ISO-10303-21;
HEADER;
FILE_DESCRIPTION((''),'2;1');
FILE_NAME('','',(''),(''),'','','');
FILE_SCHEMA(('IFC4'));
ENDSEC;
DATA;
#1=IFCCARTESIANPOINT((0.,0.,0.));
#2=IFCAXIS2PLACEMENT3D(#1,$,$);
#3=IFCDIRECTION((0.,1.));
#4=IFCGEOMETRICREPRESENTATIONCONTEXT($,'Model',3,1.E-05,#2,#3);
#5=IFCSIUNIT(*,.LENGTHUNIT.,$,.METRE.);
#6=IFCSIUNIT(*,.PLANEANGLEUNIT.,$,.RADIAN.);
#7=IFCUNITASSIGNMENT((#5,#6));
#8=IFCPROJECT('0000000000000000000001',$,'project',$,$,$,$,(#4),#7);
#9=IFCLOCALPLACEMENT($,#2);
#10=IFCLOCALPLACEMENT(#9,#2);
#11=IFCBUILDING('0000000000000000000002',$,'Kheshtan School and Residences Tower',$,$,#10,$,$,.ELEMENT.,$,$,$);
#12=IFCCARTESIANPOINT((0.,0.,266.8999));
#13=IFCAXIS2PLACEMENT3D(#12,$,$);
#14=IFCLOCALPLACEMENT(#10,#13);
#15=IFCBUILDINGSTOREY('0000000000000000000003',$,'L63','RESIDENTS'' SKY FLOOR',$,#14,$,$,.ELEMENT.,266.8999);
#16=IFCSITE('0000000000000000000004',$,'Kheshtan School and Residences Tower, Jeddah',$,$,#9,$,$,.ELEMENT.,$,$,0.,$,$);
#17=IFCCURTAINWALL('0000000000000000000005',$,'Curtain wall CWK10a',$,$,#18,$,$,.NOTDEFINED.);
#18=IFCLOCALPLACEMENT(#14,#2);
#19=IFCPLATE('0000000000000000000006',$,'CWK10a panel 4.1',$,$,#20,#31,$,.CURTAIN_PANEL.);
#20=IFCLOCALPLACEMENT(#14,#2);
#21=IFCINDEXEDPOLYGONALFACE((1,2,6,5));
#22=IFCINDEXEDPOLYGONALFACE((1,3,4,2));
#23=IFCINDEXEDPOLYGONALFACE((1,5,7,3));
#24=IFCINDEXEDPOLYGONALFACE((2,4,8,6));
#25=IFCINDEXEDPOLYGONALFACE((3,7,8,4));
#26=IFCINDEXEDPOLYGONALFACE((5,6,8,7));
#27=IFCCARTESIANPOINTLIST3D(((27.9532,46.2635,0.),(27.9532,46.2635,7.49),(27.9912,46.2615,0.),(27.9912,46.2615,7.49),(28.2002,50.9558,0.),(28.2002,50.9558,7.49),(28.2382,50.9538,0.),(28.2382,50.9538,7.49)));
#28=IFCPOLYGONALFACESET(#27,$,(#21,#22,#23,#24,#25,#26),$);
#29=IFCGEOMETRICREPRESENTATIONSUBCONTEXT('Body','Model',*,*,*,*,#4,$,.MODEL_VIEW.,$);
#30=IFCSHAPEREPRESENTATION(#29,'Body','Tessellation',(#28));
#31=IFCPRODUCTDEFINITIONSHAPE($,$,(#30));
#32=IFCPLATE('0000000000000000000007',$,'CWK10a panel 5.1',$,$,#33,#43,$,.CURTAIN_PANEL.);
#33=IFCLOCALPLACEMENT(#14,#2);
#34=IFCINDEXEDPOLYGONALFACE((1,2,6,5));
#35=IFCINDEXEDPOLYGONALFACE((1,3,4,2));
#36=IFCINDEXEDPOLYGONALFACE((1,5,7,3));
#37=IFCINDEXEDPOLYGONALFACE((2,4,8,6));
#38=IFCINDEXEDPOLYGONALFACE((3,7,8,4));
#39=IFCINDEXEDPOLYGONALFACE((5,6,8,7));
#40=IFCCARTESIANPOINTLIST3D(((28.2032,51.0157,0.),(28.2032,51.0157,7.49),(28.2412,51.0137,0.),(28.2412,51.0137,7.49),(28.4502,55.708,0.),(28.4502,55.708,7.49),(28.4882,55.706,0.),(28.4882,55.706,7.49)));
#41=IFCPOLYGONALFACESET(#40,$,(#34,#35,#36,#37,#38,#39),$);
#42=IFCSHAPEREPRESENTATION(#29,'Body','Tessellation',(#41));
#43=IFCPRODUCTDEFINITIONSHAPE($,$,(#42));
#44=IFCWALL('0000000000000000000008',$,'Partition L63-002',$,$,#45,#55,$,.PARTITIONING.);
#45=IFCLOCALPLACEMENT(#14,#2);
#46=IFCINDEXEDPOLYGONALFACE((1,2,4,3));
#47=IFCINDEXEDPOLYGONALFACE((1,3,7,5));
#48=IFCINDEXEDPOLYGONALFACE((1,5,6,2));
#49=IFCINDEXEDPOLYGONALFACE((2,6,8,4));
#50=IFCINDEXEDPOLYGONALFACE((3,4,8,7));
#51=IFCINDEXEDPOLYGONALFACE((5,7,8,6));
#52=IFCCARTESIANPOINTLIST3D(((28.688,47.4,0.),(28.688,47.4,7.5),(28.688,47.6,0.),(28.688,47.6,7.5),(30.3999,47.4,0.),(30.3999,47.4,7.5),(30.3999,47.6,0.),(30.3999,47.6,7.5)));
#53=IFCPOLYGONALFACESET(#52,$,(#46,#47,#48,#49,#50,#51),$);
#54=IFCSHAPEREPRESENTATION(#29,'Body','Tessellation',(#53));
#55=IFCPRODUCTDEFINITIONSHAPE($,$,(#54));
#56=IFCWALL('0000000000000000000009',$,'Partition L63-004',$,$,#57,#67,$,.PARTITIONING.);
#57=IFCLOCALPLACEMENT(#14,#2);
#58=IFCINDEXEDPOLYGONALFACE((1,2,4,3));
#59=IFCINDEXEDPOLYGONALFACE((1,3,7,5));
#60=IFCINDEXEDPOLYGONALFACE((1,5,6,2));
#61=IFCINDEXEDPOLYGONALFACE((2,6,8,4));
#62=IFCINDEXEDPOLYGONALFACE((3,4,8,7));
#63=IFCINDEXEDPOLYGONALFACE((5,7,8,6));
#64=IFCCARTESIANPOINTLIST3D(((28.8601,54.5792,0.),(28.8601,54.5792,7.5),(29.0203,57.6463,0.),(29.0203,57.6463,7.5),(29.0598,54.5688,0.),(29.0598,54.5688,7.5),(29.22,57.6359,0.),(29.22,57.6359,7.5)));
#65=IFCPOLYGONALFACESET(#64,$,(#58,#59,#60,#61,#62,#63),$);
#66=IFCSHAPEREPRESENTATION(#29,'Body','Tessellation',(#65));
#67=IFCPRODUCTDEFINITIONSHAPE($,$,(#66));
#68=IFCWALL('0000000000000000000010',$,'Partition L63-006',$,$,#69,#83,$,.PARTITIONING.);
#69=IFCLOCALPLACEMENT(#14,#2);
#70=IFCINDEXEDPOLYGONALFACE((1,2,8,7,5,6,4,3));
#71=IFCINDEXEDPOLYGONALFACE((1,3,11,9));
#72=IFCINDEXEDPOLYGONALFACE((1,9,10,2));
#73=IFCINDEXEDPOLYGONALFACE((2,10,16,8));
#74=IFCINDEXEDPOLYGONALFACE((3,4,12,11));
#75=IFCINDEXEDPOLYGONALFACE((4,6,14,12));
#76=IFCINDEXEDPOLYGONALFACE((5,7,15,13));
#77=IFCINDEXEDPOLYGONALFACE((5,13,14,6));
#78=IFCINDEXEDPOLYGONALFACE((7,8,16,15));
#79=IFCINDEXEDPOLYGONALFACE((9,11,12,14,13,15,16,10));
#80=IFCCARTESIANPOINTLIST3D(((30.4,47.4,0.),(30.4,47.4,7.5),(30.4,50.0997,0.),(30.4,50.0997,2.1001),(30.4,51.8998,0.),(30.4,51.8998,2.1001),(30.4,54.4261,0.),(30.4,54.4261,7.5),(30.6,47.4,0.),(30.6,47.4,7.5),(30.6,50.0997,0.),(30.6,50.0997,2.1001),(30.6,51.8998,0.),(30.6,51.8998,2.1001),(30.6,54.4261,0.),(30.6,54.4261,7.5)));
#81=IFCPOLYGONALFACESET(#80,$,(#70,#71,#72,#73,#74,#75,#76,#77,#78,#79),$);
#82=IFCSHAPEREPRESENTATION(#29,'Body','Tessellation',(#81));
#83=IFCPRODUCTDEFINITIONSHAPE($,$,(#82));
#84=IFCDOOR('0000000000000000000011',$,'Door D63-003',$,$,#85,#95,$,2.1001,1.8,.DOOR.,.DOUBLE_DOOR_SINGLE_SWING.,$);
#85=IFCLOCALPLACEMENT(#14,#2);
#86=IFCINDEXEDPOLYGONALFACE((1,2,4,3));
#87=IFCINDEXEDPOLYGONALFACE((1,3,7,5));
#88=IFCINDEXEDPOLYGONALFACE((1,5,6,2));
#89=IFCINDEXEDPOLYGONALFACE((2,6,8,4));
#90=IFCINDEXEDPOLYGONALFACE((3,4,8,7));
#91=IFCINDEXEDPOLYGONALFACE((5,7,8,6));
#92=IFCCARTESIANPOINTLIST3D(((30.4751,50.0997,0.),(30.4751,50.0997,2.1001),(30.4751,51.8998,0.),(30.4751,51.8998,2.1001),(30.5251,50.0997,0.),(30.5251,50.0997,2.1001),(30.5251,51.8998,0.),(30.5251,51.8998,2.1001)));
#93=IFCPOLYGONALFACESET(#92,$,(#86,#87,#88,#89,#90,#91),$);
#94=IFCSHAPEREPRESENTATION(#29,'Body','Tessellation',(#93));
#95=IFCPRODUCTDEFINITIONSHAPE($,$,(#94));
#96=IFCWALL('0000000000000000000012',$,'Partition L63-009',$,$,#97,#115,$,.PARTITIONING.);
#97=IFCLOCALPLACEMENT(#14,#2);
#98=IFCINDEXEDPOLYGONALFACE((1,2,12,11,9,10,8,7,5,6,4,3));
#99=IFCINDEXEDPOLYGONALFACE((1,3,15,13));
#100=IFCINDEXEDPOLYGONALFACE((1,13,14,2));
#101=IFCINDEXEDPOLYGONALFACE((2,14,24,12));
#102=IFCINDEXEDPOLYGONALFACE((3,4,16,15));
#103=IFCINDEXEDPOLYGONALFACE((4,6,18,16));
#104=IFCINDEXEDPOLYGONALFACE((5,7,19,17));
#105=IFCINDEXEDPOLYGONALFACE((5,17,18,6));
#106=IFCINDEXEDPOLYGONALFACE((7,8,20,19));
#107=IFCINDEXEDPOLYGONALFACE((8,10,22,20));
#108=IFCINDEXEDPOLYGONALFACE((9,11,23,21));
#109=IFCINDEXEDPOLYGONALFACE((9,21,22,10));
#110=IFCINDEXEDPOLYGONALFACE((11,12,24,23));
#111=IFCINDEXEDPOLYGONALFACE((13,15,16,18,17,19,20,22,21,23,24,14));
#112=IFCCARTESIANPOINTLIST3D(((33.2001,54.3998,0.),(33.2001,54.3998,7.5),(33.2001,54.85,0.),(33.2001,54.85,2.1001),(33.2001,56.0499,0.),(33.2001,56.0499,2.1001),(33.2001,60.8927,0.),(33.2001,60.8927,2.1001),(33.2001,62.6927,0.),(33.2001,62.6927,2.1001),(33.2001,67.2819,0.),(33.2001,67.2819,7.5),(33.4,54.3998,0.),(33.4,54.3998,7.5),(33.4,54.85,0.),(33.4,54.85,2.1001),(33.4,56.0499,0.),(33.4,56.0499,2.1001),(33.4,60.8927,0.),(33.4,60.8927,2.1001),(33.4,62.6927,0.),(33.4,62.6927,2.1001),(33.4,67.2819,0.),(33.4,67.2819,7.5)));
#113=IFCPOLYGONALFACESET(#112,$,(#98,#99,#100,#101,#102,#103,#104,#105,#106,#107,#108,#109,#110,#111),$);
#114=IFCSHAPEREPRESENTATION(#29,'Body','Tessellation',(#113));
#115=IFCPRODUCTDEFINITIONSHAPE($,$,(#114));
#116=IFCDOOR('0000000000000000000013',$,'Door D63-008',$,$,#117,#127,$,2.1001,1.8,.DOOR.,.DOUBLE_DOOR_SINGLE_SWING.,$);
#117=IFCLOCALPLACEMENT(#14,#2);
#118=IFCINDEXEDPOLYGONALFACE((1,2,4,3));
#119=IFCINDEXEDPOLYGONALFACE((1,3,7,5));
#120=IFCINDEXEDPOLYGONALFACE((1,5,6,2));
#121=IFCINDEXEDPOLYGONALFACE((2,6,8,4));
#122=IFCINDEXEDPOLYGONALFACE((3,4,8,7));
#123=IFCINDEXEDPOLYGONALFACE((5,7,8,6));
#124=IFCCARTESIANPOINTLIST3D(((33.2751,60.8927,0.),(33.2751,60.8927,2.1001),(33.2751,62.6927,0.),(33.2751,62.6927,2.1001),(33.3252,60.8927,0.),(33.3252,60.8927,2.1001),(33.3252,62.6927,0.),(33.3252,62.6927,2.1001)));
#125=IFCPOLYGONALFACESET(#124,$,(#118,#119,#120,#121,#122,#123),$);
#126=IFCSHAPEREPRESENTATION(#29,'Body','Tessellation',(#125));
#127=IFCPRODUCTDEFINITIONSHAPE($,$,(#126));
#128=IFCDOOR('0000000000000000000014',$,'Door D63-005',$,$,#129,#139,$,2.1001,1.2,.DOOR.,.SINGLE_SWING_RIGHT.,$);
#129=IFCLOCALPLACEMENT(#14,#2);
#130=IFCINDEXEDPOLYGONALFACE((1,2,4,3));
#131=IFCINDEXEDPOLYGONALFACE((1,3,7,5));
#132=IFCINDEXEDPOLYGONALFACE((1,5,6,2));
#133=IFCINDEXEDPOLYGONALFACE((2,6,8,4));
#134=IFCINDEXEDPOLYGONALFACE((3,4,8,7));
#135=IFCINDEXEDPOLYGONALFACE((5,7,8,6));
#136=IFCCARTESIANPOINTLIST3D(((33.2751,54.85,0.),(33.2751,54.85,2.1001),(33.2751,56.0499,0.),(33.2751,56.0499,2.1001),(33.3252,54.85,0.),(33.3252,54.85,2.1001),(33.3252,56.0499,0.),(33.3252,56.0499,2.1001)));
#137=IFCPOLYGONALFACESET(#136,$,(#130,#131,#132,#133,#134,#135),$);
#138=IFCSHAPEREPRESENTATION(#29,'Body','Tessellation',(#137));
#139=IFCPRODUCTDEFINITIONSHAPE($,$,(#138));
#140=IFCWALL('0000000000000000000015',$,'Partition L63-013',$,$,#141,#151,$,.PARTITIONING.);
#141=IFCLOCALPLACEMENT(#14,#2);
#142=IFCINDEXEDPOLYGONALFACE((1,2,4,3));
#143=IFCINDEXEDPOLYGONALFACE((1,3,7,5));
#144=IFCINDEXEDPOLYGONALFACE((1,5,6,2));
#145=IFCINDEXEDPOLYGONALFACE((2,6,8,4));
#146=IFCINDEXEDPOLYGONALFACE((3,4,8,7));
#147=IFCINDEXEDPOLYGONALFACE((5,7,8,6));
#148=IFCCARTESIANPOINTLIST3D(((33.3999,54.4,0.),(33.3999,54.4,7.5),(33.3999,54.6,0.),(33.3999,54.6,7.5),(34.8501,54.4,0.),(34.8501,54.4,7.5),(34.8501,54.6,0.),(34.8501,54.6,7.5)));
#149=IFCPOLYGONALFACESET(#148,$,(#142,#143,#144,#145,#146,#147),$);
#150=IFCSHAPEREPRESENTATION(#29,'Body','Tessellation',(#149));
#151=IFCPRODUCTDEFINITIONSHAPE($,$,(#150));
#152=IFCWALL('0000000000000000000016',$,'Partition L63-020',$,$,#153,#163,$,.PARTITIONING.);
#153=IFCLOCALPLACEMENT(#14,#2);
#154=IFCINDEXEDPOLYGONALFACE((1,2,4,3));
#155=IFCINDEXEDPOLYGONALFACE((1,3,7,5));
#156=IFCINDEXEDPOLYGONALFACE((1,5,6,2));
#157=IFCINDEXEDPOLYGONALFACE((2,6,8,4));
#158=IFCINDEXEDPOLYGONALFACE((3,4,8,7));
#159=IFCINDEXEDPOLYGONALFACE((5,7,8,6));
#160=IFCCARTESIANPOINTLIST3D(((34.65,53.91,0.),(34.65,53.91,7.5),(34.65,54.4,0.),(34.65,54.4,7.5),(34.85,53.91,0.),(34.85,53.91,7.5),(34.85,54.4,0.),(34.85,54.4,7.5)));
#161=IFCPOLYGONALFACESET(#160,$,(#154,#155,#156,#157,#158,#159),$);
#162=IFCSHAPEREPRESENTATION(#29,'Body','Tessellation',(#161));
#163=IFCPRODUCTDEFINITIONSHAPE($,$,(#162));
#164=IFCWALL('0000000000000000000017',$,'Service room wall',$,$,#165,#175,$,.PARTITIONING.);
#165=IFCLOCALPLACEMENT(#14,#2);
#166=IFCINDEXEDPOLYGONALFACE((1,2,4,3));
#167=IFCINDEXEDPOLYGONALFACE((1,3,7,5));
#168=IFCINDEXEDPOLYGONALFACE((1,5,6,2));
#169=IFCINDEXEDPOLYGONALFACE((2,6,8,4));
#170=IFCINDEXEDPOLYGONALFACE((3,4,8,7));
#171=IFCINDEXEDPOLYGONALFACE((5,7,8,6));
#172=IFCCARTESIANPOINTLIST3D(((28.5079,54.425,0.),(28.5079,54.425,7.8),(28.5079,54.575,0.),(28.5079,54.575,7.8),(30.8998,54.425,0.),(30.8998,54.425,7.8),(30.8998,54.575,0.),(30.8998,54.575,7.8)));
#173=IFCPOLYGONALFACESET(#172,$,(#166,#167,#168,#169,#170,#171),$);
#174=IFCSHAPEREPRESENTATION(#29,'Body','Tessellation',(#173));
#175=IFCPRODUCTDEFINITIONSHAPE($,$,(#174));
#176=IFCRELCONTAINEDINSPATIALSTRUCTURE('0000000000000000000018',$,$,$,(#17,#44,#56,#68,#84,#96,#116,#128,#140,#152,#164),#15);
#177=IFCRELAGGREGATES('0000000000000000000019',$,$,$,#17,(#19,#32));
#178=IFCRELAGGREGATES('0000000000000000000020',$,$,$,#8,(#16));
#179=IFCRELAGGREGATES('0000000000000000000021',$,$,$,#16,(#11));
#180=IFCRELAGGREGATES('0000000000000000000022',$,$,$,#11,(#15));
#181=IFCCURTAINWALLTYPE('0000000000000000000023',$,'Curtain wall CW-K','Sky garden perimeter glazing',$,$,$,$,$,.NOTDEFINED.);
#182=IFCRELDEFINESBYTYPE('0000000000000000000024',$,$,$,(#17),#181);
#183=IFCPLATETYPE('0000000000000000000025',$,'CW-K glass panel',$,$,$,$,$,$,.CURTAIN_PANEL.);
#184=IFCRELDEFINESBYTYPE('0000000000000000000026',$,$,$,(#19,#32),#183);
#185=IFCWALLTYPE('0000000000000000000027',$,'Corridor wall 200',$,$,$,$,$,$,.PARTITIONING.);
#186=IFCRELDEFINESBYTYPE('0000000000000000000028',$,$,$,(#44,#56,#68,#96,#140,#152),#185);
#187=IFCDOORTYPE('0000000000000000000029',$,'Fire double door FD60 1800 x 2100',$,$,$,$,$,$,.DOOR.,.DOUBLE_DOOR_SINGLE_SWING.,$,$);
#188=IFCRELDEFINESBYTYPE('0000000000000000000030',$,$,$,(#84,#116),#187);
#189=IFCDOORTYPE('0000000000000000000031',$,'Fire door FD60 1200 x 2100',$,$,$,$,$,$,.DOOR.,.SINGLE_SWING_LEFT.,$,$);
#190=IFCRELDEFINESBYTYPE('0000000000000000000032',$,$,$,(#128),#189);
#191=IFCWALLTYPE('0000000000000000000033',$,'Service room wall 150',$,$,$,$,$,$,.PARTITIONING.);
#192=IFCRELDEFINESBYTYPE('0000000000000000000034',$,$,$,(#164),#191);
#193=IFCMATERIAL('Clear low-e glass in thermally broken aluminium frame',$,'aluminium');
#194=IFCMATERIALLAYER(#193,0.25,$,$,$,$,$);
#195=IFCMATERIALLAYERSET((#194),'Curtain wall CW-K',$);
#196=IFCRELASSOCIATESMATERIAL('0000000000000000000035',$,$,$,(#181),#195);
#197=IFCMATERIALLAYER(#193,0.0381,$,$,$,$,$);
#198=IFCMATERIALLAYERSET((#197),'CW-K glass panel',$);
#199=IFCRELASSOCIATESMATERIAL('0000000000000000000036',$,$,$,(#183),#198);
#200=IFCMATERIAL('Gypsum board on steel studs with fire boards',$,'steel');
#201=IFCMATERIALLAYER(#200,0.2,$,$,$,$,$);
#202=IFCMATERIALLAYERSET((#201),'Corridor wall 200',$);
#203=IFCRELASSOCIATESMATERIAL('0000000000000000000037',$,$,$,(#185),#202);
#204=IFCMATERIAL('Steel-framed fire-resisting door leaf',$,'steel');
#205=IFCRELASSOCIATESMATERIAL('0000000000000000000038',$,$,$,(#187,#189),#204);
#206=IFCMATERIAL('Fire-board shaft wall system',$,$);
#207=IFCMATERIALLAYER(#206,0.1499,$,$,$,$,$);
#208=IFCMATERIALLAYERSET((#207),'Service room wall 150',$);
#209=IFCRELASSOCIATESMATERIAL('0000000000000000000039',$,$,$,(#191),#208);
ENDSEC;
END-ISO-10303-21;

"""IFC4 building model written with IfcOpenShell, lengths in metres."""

from ifc_helpers import new_model, si_unit, direction, frame, frame_2d, origin, origin_2d, place, context, subcontext, project, spatial, rectangle, extrude, source, transform, mapped, material, layer, layer_set, type_object, element, fill, aggregate, save


model = new_model("IFC4")

# Units and contexts
model_context = context("Model", 3, precision=1e-05, world=origin(), true_north=direction((0.0, 1.0)))
body_context = subcontext(model_context, "Body", "Model", "MODEL_VIEW")
ifc_project = project(units=[si_unit("LENGTHUNIT", "METRE"), si_unit("PLANEANGLEUNIT", "RADIAN")], contexts=[model_context])

# Site, building, storey
site_placement = place(None, origin())
site = spatial("IfcSite", under=ifc_project, at=site_placement, Name="Kheshtan School and Residences Tower, Jeddah", CompositionType="ELEMENT", RefElevation=0.0)
building_placement = place(site_placement, origin())
building = spatial("IfcBuilding", under=site, at=building_placement, Name="Kheshtan School and Residences Tower", CompositionType="ELEMENT")
storey_placement = place(building_placement, frame((0.0, 0.0, 266.8999)))
storey = spatial("IfcBuildingStorey", under=building, at=storey_placement, Name="L63", Description="RESIDENTS' SKY FLOOR", CompositionType="ELEMENT", Elevation=266.8999)

# Curtain wall, plates
ifc_material_1 = material(Name="Clear low-e glass in thermally broken aluminium frame", Category="aluminium")
ifc_layer_1 = layer(ifc_material_1, 0.25)
ifc_layer_set_1 = layer_set([ifc_layer_1], Name="Curtain wall CW-K")
curtain_wall_type = type_object("IfcCurtainWallType", Name="Curtain wall CW-K", Description="Sky garden perimeter glazing", PredefinedType="NOTDEFINED", material=ifc_layer_set_1)
curtain_wall_placement = place(storey_placement, origin())
curtain_wall = element("IfcCurtainWall", 1, at=curtain_wall_placement, inside=storey, type_object=curtain_wall_type, Name="Curtain wall CWK10a", PredefinedType="NOTDEFINED")
ifc_layer_2 = layer(ifc_material_1, 0.0381)
ifc_layer_set_2 = layer_set([ifc_layer_2], Name="CW-K glass panel")
plate_type = type_object("IfcPlateType", Name="CW-K glass panel", PredefinedType="CURTAIN_PANEL", material=ifc_layer_set_2)
plate_1_placement = place(storey_placement, frame((28.0957, 48.6086, 0.0), z_axis=(0.0, 0.0, 1.0), x_axis=(0.052565, 0.998617, 0.0)))
plate_1 = element("IfcPlate", 2, at=plate_1_placement, type_object=plate_type, Name="CWK10a panel 4.1", PredefinedType="CURTAIN_PANEL", context=body_context, shape_type="SweptSolid", body=[
    extrude(rectangle(XDim=4.6987, YDim=0.0381, at=origin_2d()), origin(), (0.0, 0.0, 1.0), 7.49),
])
plate_2_placement = place(storey_placement, frame((28.3457, 53.3608, 0.0), z_axis=(0.0, 0.0, 1.0), x_axis=(0.052565, 0.998617, 0.0)))
plate_2 = element("IfcPlate", 3, at=plate_2_placement, type_object=plate_type, Name="CWK10a panel 5.1", PredefinedType="CURTAIN_PANEL", context=body_context, shape_type="SweptSolid", body=[
    extrude(rectangle(XDim=4.6987, YDim=0.0381, at=origin_2d()), origin(), (0.0, 0.0, 1.0), 7.49),
])
aggregate(curtain_wall, [plate_1, plate_2])

# Walls
ifc_material_2 = material(Name="Gypsum board on steel studs with fire boards", Category="steel")
ifc_layer_3 = layer(ifc_material_2, 0.2)
ifc_layer_set_3 = layer_set([ifc_layer_3], Name="Corridor wall 200")
wall_type_1 = type_object("IfcWallType", Name="Corridor wall 200", PredefinedType="PARTITIONING", material=ifc_layer_set_3)
wall_1_placement = place(storey_placement, frame((28.688, 47.5, 0.0), z_axis=(0.0, 0.0, 1.0), x_axis=(1.0, 0.0, 0.0)))
element("IfcWall", 4, at=wall_1_placement, inside=storey, type_object=wall_type_1, Name="Partition L63-002", PredefinedType="PARTITIONING", context=body_context, shape_type="SweptSolid", body=[
    extrude(rectangle(XDim=1.7119, YDim=0.2, at=frame_2d((0.856, 0.0))), origin(), (0.0, 0.0, 1.0), 7.5),
])
wall_2_placement = place(storey_placement, frame((28.96, 54.574, 0.0), z_axis=(0.0, 0.0, 1.0), x_axis=(0.052146, 0.998639, 0.0)))
element("IfcWall", 5, at=wall_2_placement, inside=storey, type_object=wall_type_1, Name="Partition L63-004", PredefinedType="PARTITIONING", context=body_context, shape_type="SweptSolid", body=[
    extrude(rectangle(XDim=3.0713, YDim=0.2, at=frame_2d((1.5356, 0.0))), origin(), (0.0, 0.0, 1.0), 7.5),
])

# Wall, opening, door
wall_3_placement = place(storey_placement, frame((30.5, 47.3999, 0.0), z_axis=(0.0, 0.0, 1.0), x_axis=(0.0, 1.0, 0.0)))
wall_3 = element("IfcWall", 6, at=wall_3_placement, inside=storey, type_object=wall_type_1, Name="Partition L63-006", PredefinedType="PARTITIONING", context=body_context, shape_type="SweptSolid", body=[
    extrude(rectangle(XDim=7.0261, YDim=0.2, at=frame_2d((3.5132, 0.0))), origin(), (0.0, 0.0, 1.0), 7.5),
])
opening_1_placement = place(wall_3_placement, frame((2.7, 0.0, 0.0)))
opening_1 = element("IfcOpeningElement", 7, at=opening_1_placement, cuts=wall_3, PredefinedType="OPENING", context=body_context, shape_type="SweptSolid", body=[
    extrude(rectangle(XDim=1.8, YDim=2.1001, at=frame_2d((0.8999, 1.05))), frame((0.0, 0.1099, 0.0), z_axis=(0.0, -1.0, 0.0), x_axis=(1.0, 0.0, 0.0)), (0.0, 0.0, 1.0), 0.22),
])
ifc_material_3 = material(Name="Steel-framed fire-resisting door leaf", Category="steel")
door_type_1 = type_object("IfcDoorType", Name="Fire double door FD60 1800 x 2100", OperationType="DOUBLE_DOOR_SINGLE_SWING", PredefinedType="DOOR", material=ifc_material_3)
shared_shape_1 = source(origin(), body_context, "Body", "SweptSolid", [
    extrude(rectangle(XDim=1.8, YDim=2.1001, at=frame_2d((0.8999, 1.05))), frame((0.0, 0.0249, 0.0), z_axis=(0.0, -1.0, 0.0), x_axis=(1.0, 0.0, 0.0)), (0.0, 0.0, 1.0), 0.05),
])
door_1_placement = place(opening_1_placement, origin())
door_1 = element("IfcDoor", 8, at=door_1_placement, inside=storey, type_object=door_type_1, Name="Door D63-003", OperationType="DOUBLE_DOOR_SINGLE_SWING", OverallHeight=2.1001, OverallWidth=1.8, PredefinedType="DOOR", context=body_context, shape_type="MappedRepresentation", body=[
    mapped(shared_shape_1, transform((0.0, 0.0, 0.0), x_axis=(1.0, 0.0, 0.0), y_axis=(0.0, 1.0, 0.0), z_axis=(0.0, 0.0, 1.0), scale=1.0)),
])
fill(opening_1, door_1)

# Wall, openings, doors
wall_4_placement = place(storey_placement, frame((33.3, 54.3999, 0.0), z_axis=(0.0, 0.0, 1.0), x_axis=(0.0, 1.0, 0.0)))
wall_4 = element("IfcWall", 9, at=wall_4_placement, inside=storey, type_object=wall_type_1, Name="Partition L63-009", PredefinedType="PARTITIONING", context=body_context, shape_type="SweptSolid", body=[
    extrude(rectangle(XDim=12.8821, YDim=0.2, at=frame_2d((6.4409, 0.0))), origin(), (0.0, 0.0, 1.0), 7.5),
])
opening_2_placement = place(wall_4_placement, frame((0.45, 0.0, 0.0)))
opening_2 = element("IfcOpeningElement", 10, at=opening_2_placement, cuts=wall_4, PredefinedType="OPENING", context=body_context, shape_type="SweptSolid", body=[
    extrude(rectangle(XDim=1.2, YDim=2.1001, at=frame_2d((0.6001, 1.05))), frame((0.0, 0.1099, 0.0), z_axis=(0.0, -1.0, 0.0), x_axis=(1.0, 0.0, 0.0)), (0.0, 0.0, 1.0), 0.22),
])
opening_3_placement = place(wall_4_placement, frame((6.4929, 0.0, 0.0)))
opening_3 = element("IfcOpeningElement", 11, at=opening_3_placement, cuts=wall_4, PredefinedType="OPENING", context=body_context, shape_type="SweptSolid", body=[
    extrude(rectangle(XDim=1.8, YDim=2.1001, at=frame_2d((0.8999, 1.05))), frame((0.0, 0.1099, 0.0), z_axis=(0.0, -1.0, 0.0), x_axis=(1.0, 0.0, 0.0)), (0.0, 0.0, 1.0), 0.22),
])
door_2_placement = place(opening_3_placement, origin())
door_2 = element("IfcDoor", 12, at=door_2_placement, inside=storey, type_object=door_type_1, Name="Door D63-008", OperationType="DOUBLE_DOOR_SINGLE_SWING", OverallHeight=2.1001, OverallWidth=1.8, PredefinedType="DOOR", context=body_context, shape_type="MappedRepresentation", body=[
    mapped(shared_shape_1, transform((0.0, 0.0, 0.0), x_axis=(1.0, 0.0, 0.0), y_axis=(0.0, 1.0, 0.0), z_axis=(0.0, 0.0, 1.0), scale=1.0)),
])
fill(opening_3, door_2)
door_type_2 = type_object("IfcDoorType", Name="Fire door FD60 1200 x 2100", OperationType="SINGLE_SWING_LEFT", PredefinedType="DOOR", material=ifc_material_3)
shared_shape_2 = source(origin(), body_context, "Body", "SweptSolid", [
    extrude(rectangle(XDim=1.2, YDim=2.1001, at=frame_2d((0.6001, 1.05))), frame((0.0, 0.0249, 0.0), z_axis=(0.0, -1.0, 0.0), x_axis=(1.0, 0.0, 0.0)), (0.0, 0.0, 1.0), 0.05),
])
door_3_placement = place(opening_2_placement, origin())
door_3 = element("IfcDoor", 13, at=door_3_placement, inside=storey, type_object=door_type_2, Name="Door D63-005", OperationType="SINGLE_SWING_RIGHT", OverallHeight=2.1001, OverallWidth=1.2, PredefinedType="DOOR", context=body_context, shape_type="MappedRepresentation", body=[
    mapped(shared_shape_2, transform((0.0, 0.0, 0.0), x_axis=(1.0, 0.0, 0.0), y_axis=(0.0, 1.0, 0.0), z_axis=(0.0, 0.0, 1.0), scale=1.0)),
])
fill(opening_2, door_3)

# Walls
wall_5_placement = place(storey_placement, frame((33.3999, 54.5, 0.0), z_axis=(0.0, 0.0, 1.0), x_axis=(1.0, 0.0, 0.0)))
element("IfcWall", 14, at=wall_5_placement, inside=storey, type_object=wall_type_1, Name="Partition L63-013", PredefinedType="PARTITIONING", context=body_context, shape_type="SweptSolid", body=[
    extrude(rectangle(XDim=1.4502, YDim=0.2, at=frame_2d((0.7251, 0.0))), origin(), (0.0, 0.0, 1.0), 7.5),
])
wall_6_placement = place(storey_placement, frame((34.75, 53.9099, 0.0), z_axis=(0.0, 0.0, 1.0), x_axis=(0.0, 1.0, 0.0)))
element("IfcWall", 15, at=wall_6_placement, inside=storey, type_object=wall_type_1, Name="Partition L63-020", PredefinedType="PARTITIONING", context=body_context, shape_type="SweptSolid", body=[
    extrude(rectangle(XDim=0.49, YDim=0.2, at=frame_2d((0.2451, 0.0))), origin(), (0.0, 0.0, 1.0), 7.5),
])
ifc_material_4 = material(Name="Fire-board shaft wall system")
ifc_layer_4 = layer(ifc_material_4, 0.1499)
ifc_layer_set_4 = layer_set([ifc_layer_4], Name="Service room wall 150")
wall_type_2 = type_object("IfcWallType", Name="Service room wall 150", PredefinedType="PARTITIONING", material=ifc_layer_set_4)
wall_7_placement = place(storey_placement, frame((28.5081, 54.5, 0.0), z_axis=(0.0, 0.0, 1.0), x_axis=(1.0, 0.0, 0.0)))
element("IfcWall", 16, at=wall_7_placement, inside=storey, type_object=wall_type_2, Name="Service room wall", PredefinedType="PARTITIONING", context=body_context, shape_type="SweptSolid", body=[
    extrude(rectangle(XDim=2.3918, YDim=0.1499, at=frame_2d((1.1958, 0.0))), origin(), (0.0, 0.0, 1.0), 7.8),
])

save(model, "model.ifc")
